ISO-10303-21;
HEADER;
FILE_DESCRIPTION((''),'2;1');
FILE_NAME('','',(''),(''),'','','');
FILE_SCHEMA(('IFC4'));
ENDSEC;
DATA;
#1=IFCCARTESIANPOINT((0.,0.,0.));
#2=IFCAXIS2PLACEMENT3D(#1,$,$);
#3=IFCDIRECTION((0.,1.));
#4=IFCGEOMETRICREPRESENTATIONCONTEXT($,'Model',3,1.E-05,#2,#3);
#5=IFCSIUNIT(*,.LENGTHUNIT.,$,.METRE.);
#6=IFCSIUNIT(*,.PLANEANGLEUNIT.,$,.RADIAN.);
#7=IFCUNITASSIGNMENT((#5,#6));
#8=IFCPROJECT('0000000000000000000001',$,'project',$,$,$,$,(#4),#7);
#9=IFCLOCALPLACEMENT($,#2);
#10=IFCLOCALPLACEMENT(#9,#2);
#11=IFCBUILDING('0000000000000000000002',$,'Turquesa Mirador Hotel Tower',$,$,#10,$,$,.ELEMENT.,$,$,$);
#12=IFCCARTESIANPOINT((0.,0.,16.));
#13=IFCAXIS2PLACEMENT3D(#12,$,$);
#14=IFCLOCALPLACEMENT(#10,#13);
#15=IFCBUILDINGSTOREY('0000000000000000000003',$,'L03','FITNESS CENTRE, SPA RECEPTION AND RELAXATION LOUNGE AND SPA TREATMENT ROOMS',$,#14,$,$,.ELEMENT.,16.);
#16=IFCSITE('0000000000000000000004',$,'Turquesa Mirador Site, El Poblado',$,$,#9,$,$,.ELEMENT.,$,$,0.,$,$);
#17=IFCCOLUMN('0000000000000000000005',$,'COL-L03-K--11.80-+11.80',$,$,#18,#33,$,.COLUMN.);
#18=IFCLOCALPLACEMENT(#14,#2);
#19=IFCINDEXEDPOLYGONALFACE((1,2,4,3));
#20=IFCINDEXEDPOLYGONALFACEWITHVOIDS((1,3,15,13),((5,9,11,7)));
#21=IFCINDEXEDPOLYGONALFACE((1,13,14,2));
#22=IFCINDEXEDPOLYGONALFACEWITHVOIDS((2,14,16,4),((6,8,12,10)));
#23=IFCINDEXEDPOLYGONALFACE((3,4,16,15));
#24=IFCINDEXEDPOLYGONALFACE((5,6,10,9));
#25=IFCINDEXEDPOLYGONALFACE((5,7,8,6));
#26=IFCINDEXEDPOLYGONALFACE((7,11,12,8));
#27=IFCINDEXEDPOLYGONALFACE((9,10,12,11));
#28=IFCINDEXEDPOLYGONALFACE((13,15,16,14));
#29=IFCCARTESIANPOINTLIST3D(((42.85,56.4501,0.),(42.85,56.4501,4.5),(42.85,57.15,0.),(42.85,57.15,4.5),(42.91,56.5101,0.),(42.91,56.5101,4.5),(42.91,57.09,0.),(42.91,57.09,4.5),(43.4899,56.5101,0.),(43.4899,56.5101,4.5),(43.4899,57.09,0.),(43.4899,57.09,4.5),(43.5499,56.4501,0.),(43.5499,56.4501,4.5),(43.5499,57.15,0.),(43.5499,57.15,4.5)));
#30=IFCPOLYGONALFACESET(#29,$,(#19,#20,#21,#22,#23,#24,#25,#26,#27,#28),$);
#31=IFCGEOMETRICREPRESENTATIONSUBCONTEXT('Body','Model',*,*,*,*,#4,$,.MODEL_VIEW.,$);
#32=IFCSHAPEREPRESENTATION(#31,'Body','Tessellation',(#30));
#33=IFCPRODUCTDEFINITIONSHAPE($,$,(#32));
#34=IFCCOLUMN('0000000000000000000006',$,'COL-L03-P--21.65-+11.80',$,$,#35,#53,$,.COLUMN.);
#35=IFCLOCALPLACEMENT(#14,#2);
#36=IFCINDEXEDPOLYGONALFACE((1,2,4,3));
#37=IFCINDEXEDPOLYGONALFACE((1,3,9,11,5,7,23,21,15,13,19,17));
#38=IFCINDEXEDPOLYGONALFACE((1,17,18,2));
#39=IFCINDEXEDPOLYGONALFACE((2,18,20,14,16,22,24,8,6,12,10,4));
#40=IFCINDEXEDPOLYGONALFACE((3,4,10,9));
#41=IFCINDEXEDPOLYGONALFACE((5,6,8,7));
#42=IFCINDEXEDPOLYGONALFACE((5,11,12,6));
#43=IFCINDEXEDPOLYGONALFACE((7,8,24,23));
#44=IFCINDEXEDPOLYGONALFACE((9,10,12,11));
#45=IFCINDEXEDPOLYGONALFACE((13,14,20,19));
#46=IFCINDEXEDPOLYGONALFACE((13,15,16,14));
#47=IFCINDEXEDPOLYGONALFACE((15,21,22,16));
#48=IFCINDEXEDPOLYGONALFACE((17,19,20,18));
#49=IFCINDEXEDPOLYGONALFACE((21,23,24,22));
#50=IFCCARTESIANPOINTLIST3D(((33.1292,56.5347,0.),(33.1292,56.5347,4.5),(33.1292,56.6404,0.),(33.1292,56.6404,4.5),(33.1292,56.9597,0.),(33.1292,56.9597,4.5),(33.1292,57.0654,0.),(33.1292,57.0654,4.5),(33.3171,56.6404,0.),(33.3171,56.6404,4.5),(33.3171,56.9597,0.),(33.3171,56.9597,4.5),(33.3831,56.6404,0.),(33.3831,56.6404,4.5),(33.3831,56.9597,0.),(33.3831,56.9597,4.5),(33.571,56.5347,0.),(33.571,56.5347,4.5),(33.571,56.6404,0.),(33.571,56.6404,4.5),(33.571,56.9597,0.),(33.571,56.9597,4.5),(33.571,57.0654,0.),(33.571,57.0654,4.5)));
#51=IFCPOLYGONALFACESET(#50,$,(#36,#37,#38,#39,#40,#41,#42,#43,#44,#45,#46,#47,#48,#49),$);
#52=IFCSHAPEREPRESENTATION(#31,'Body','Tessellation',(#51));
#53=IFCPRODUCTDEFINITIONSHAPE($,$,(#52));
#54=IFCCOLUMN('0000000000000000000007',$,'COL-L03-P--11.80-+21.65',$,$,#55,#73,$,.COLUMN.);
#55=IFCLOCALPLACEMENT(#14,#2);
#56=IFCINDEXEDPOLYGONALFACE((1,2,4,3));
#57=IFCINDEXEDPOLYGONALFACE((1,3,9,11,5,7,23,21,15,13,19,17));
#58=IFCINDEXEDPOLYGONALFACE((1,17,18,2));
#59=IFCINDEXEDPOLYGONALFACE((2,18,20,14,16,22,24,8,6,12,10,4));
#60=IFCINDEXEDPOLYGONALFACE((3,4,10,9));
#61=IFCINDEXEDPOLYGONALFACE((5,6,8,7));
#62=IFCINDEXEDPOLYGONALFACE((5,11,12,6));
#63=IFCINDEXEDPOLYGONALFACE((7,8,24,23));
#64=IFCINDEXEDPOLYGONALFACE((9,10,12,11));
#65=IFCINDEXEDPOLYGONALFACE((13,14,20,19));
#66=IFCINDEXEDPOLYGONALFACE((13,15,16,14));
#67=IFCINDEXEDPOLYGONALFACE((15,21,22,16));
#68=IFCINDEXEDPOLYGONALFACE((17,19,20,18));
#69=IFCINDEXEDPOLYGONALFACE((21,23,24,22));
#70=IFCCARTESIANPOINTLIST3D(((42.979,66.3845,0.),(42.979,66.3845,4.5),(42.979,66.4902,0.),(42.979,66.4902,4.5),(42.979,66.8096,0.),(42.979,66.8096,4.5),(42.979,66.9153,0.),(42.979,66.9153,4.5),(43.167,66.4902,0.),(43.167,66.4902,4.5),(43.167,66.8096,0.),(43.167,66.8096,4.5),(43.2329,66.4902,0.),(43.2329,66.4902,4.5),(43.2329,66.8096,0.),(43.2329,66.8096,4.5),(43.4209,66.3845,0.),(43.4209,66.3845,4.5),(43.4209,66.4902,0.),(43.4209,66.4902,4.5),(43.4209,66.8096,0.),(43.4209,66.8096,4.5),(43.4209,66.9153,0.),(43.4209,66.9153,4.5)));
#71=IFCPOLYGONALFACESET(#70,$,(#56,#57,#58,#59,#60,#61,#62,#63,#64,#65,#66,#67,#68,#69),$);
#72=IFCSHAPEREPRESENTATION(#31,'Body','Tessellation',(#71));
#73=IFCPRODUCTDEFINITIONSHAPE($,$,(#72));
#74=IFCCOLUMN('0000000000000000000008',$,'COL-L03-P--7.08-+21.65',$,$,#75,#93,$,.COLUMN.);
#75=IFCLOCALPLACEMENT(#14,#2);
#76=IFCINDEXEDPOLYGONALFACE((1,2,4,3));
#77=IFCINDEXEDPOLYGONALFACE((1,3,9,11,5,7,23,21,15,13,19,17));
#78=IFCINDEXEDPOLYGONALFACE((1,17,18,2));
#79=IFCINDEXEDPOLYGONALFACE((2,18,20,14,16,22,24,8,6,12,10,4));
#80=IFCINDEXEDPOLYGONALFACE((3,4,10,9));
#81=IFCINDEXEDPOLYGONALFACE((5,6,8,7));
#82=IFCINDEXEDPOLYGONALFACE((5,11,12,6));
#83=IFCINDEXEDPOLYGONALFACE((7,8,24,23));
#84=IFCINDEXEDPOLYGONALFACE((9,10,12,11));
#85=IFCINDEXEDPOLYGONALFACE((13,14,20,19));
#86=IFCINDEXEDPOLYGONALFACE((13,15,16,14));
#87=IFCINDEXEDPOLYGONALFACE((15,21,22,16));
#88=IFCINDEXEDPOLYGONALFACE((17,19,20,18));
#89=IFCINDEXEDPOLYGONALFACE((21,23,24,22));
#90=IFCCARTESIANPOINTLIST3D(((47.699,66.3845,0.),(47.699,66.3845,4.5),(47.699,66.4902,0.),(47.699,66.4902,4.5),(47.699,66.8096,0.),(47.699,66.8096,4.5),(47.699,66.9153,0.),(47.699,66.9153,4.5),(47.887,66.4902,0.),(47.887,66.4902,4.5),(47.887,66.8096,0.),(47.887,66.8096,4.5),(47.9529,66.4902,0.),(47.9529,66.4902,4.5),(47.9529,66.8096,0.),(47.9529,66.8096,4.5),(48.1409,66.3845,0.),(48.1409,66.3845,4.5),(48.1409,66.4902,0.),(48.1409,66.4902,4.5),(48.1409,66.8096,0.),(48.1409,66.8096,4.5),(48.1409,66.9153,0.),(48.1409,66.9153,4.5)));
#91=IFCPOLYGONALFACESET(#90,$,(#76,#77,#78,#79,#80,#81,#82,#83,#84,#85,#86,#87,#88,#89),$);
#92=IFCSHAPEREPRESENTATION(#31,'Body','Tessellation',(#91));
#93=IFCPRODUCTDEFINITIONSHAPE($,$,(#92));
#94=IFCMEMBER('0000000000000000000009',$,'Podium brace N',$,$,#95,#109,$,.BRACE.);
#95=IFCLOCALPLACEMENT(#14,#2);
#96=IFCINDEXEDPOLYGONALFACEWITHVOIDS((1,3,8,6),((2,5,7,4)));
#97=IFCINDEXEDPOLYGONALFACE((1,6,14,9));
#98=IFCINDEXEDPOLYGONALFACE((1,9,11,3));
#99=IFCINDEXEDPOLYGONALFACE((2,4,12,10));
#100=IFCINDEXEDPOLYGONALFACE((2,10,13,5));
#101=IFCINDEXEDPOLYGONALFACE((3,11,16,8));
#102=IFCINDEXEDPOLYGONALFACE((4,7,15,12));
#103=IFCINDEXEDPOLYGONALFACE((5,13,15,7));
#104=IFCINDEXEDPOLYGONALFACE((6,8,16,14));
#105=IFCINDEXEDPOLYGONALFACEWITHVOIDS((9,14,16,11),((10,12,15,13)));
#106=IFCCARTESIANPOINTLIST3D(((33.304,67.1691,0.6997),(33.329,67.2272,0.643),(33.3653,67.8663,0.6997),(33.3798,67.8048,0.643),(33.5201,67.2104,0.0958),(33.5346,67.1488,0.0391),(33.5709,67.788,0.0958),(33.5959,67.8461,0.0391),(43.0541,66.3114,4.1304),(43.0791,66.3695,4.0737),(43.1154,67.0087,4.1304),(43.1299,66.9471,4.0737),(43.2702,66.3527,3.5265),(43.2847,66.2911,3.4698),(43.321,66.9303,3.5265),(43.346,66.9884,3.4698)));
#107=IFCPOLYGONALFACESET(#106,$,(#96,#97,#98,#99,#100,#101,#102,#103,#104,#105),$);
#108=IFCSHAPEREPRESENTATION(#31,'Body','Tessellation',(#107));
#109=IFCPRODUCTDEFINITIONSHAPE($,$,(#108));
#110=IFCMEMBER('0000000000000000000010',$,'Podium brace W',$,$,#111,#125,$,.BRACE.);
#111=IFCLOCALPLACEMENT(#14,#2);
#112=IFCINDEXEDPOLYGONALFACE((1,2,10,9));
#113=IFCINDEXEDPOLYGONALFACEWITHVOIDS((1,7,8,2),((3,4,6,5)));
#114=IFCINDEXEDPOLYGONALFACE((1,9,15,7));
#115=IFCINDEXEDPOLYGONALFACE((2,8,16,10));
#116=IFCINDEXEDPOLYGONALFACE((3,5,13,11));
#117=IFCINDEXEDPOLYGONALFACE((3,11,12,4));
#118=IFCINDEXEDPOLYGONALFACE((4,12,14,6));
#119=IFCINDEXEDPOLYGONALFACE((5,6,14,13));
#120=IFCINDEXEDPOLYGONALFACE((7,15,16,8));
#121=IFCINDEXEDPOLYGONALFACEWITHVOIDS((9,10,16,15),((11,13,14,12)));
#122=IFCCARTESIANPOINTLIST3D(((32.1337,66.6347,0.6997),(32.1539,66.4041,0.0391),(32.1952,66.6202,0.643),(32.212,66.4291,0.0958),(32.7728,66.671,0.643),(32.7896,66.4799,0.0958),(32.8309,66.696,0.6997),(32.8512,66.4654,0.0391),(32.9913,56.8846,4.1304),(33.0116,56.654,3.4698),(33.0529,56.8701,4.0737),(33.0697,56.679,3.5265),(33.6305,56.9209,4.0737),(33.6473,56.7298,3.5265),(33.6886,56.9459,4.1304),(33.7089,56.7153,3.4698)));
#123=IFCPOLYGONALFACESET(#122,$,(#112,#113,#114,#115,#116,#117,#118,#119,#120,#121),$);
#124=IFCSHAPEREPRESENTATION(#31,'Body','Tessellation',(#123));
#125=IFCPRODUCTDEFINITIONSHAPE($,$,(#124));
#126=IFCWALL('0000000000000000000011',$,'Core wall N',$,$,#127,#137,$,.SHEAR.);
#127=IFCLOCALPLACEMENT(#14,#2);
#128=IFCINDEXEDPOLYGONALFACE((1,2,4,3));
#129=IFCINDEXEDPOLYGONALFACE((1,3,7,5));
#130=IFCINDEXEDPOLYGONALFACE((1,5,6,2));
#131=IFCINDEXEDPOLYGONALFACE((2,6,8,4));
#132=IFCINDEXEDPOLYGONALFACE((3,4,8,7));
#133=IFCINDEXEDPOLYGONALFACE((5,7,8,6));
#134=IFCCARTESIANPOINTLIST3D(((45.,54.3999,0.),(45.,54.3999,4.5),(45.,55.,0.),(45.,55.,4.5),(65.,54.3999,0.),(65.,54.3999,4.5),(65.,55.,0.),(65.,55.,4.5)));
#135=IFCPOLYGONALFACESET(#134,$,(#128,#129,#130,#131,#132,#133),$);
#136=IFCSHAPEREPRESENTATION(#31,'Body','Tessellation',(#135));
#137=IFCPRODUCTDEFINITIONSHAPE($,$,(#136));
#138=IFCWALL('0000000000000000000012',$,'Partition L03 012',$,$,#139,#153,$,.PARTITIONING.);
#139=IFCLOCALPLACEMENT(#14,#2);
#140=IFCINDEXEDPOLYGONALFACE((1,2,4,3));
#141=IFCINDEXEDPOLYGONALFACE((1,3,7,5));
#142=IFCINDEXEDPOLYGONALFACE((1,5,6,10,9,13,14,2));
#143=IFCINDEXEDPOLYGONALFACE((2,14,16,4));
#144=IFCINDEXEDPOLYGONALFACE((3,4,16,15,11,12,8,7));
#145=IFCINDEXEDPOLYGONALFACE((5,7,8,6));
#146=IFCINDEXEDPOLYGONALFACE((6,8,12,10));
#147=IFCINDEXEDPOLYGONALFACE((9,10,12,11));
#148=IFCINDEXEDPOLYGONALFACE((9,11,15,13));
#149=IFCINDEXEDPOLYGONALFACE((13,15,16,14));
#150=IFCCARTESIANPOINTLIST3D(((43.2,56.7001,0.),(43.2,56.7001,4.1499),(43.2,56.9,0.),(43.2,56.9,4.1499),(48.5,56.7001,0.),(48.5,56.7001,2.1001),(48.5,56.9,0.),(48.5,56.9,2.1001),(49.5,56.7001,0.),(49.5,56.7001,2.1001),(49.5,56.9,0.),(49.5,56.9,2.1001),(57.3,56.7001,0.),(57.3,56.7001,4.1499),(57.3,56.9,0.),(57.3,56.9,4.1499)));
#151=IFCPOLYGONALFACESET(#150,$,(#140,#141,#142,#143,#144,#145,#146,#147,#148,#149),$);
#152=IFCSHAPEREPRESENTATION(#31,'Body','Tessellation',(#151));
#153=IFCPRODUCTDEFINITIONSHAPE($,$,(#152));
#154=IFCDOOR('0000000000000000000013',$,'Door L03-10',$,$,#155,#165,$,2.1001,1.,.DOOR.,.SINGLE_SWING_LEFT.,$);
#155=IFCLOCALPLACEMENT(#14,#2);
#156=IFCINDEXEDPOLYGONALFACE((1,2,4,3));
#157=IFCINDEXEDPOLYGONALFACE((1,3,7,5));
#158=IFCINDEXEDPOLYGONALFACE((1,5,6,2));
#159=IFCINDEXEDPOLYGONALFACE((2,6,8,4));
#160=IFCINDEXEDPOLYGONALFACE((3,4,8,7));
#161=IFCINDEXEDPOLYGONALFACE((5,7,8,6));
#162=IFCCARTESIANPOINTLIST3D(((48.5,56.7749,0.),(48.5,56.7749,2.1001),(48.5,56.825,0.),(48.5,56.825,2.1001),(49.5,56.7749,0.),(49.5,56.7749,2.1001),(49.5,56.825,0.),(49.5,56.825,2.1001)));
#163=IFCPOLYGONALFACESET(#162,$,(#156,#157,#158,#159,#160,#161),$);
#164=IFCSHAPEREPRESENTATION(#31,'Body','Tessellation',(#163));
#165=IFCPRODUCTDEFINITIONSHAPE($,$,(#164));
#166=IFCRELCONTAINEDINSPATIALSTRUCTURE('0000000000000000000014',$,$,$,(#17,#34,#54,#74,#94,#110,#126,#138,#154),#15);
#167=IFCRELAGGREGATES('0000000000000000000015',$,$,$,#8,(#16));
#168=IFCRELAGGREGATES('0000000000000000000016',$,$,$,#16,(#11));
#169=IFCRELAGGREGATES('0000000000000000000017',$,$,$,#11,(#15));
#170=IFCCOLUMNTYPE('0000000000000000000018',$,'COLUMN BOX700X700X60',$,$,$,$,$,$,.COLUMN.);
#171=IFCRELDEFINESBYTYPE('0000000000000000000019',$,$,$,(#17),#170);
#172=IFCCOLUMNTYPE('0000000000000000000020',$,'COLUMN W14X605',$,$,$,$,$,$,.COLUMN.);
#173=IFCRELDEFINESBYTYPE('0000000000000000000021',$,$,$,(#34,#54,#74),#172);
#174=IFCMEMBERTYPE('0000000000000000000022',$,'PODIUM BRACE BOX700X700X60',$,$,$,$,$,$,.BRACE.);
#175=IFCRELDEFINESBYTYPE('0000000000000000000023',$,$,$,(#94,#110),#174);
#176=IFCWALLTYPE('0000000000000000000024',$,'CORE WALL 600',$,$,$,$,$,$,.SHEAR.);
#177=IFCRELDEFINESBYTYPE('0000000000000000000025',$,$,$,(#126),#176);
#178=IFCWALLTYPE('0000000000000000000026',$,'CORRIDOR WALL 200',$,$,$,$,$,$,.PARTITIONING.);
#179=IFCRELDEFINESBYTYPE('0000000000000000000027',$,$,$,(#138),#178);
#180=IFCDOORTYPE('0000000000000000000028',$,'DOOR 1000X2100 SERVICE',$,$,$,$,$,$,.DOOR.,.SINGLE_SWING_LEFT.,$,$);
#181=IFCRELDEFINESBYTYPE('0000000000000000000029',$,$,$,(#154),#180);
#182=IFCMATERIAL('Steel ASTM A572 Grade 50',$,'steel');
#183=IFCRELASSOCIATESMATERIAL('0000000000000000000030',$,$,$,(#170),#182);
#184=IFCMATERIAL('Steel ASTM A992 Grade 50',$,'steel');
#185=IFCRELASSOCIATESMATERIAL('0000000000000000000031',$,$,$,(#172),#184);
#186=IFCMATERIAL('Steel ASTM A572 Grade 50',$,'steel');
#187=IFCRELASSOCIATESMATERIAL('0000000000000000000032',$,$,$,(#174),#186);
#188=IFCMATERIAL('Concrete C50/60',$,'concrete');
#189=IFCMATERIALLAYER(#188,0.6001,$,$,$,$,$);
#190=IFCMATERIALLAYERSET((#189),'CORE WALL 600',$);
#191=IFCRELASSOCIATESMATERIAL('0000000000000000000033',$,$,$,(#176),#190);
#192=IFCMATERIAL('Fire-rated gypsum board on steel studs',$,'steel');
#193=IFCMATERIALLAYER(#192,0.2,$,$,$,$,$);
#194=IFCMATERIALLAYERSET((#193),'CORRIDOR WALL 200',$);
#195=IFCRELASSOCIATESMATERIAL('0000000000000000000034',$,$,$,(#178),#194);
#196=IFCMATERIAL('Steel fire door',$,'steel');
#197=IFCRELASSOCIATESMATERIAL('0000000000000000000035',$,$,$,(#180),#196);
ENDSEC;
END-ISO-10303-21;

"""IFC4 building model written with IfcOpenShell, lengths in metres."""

from ifc_helpers import new_model, si_unit, direction, frame, frame_2d, origin, origin_2d, place, context, subcontext, project, spatial, rectangle, hollow_rectangle, i_section, extrude, material, layer, layer_set, material_profile, profile_set, type_object, element, fill, save


model = new_model("IFC4")

# Units and contexts
model_context = context("Model", 3, precision=1e-05, world=origin(), true_north=direction((0.0, 1.0)))
body_context = subcontext(model_context, "Body", "Model", "MODEL_VIEW")
ifc_project = project(units=[si_unit("LENGTHUNIT", "METRE"), si_unit("PLANEANGLEUNIT", "RADIAN")], contexts=[model_context])

# Site, building, storey
site_placement = place(None, origin())
site = spatial("IfcSite", under=ifc_project, at=site_placement, Name="Turquesa Mirador Site, El Poblado", CompositionType="ELEMENT", RefElevation=0.0)
building_placement = place(site_placement, origin())
building = spatial("IfcBuilding", under=site, at=building_placement, Name="Turquesa Mirador Hotel Tower", CompositionType="ELEMENT")
storey_placement = place(building_placement, frame((0.0, 0.0, 16.0)))
storey = spatial("IfcBuildingStorey", under=building, at=storey_placement, Name="L03", Description="FITNESS CENTRE, SPA RECEPTION AND RELAXATION LOUNGE AND SPA TREATMENT ROOMS", CompositionType="ELEMENT", Elevation=16.0)

# Columns
ifc_material_1 = material(Name="Steel ASTM A572 Grade 50", Category="steel")
ifc_material_profile_1 = material_profile(ifc_material_1, hollow_rectangle(XDim=0.7, YDim=0.7, WallThickness=0.0601, at=origin_2d()), Name="BOX700X700X60")
ifc_profile_set_1 = profile_set([ifc_material_profile_1], Name="Steel ASTM A572 Grade 50")
column_type_1 = type_object("IfcColumnType", Name="COLUMN BOX700X700X60", PredefinedType="COLUMN", material=ifc_profile_set_1)
column_placement = place(storey_placement, frame((43.2, 56.8, 0.0), z_axis=(0.0, 0.0, 1.0), x_axis=(1.0, 0.0, 0.0)))
element("IfcColumn", 1, at=column_placement, inside=storey, type_object=column_type_1, Name="COL-L03-K--11.80-+11.80", PredefinedType="COLUMN", context=body_context, shape_type="SweptSolid", body=[
    extrude(hollow_rectangle(XDim=0.7, YDim=0.7, WallThickness=0.0601, at=origin_2d()), origin(), (0.0, 0.0, 1.0), 4.5),
])
ifc_material_2 = material(Name="Steel ASTM A992 Grade 50", Category="steel")
ifc_material_profile_2 = material_profile(ifc_material_2, i_section(OverallWidth=0.4419, OverallDepth=0.5308, WebThickness=0.0659, FlangeThickness=0.1057, at=origin_2d()), Name="W14X605")
ifc_profile_set_2 = profile_set([ifc_material_profile_2], Name="Steel ASTM A992 Grade 50")
column_type_2 = type_object("IfcColumnType", Name="COLUMN W14X605", PredefinedType="COLUMN", material=ifc_profile_set_2)
for number, where, z_axis, x_axis, name in (
    (2, (33.3501, 56.8, 0.0), (0.0, 0.0, 1.0), (1.0, 0.0, 0.0), "COL-L03-P--21.65-+11.80"),
    (3, (43.2, 66.6499, 0.0), (0.0, 0.0, 1.0), (1.0, 0.0, 0.0), "COL-L03-P--11.80-+21.65"),
    (4, (47.9199, 66.6499, 0.0), (0.0, 0.0, 1.0), (1.0, 0.0, 0.0), "COL-L03-P--7.08-+21.65"),
):
    element("IfcColumn", number, at=place(storey_placement, frame(where, z_axis=z_axis, x_axis=x_axis)), inside=storey, type_object=column_type_2, Name=name, PredefinedType="COLUMN", context=body_context, shape_type="SweptSolid", body=[
        extrude(i_section(OverallWidth=0.4419, OverallDepth=0.5308, WebThickness=0.0659, FlangeThickness=0.1057, at=origin_2d()), origin(), (0.0, 0.0, 1.0), 4.5),
    ])

# Members
ifc_material_3 = material(Name="Steel ASTM A572 Grade 50", Category="steel")
ifc_material_profile_3 = material_profile(ifc_material_3, hollow_rectangle(XDim=0.7, YDim=0.7, WallThickness=0.0601, at=origin_2d()), Name="BOX700X700X60")
ifc_profile_set_3 = profile_set([ifc_material_profile_3], Name="Steel ASTM A572 Grade 50")
member_type = type_object("IfcMemberType", Name="PODIUM BRACE BOX700X700X60", PredefinedType="BRACE", material=ifc_profile_set_3)
for number, where, z_axis, x_axis, name in (
    (5, (33.45, 67.5076, 0.3694), (0.940078, -0.082695, 0.330779), (0.087627, 0.996153, 0.0), "Podium brace N"),
    (6, (32.4924, 66.55, 0.3694), (0.082695, -0.940078, 0.330779), (0.996153, 0.087627, 0.0), "Podium brace W"),
):
    element("IfcMember", number, at=place(storey_placement, frame(where, z_axis=z_axis, x_axis=x_axis)), inside=storey, type_object=member_type, Name=name, PredefinedType="BRACE", context=body_context, shape_type="SweptSolid", body=[
        extrude(hollow_rectangle(XDim=0.7, YDim=0.7, WallThickness=0.0601, at=origin_2d()), origin(), (0.0, 0.0, 1.0), 10.3716),
    ])

# Wall
ifc_material_4 = material(Name="Concrete C50/60", Category="concrete")
ifc_layer_1 = layer(ifc_material_4, 0.6001)
ifc_layer_set_1 = layer_set([ifc_layer_1], Name="CORE WALL 600")
wall_type_1 = type_object("IfcWallType", Name="CORE WALL 600", PredefinedType="SHEAR", material=ifc_layer_set_1)
wall_1_placement = place(storey_placement, frame((45.0, 54.7, 0.0), z_axis=(0.0, 0.0, 1.0), x_axis=(1.0, 0.0, 0.0)))
element("IfcWall", 7, at=wall_1_placement, inside=storey, type_object=wall_type_1, Name="Core wall N", PredefinedType="SHEAR", context=body_context, shape_type="SweptSolid", body=[
    extrude(rectangle(XDim=20.0, YDim=0.6001, at=frame_2d((10.0, 0.0))), origin(), (0.0, 0.0, 1.0), 4.5),
])

# Wall, opening, door
ifc_material_5 = material(Name="Fire-rated gypsum board on steel studs", Category="steel")
ifc_layer_2 = layer(ifc_material_5, 0.2)
ifc_layer_set_2 = layer_set([ifc_layer_2], Name="CORRIDOR WALL 200")
wall_type_2 = type_object("IfcWallType", Name="CORRIDOR WALL 200", PredefinedType="PARTITIONING", material=ifc_layer_set_2)
wall_2_placement = place(storey_placement, frame((43.2, 56.8, 0.0), z_axis=(0.0, 0.0, 1.0), x_axis=(1.0, 0.0, 0.0)))
wall_2 = element("IfcWall", 8, at=wall_2_placement, inside=storey, type_object=wall_type_2, Name="Partition L03 012", PredefinedType="PARTITIONING", context=body_context, shape_type="SweptSolid", body=[
    extrude(rectangle(XDim=14.1001, YDim=0.2, at=frame_2d((7.05, 0.0))), origin(), (0.0, 0.0, 1.0), 4.1499),
])
opening_1_placement = place(wall_2_placement, frame((5.3, 0.0, 0.0)))
opening_1 = element("IfcOpeningElement", 9, at=opening_1_placement, cuts=wall_2, PredefinedType="OPENING", context=body_context, shape_type="SweptSolid", body=[
    extrude(rectangle(XDim=1.0, YDim=2.1001, at=frame_2d((0.5, 1.05))), frame((0.0, 0.1099, 0.0), z_axis=(0.0, -1.0, 0.0), x_axis=(1.0, 0.0, 0.0)), (0.0, 0.0, 1.0), 0.22),
])
ifc_material_6 = material(Name="Steel fire door", Category="steel")
door_type = type_object("IfcDoorType", Name="DOOR 1000X2100 SERVICE", OperationType="SINGLE_SWING_LEFT", PredefinedType="DOOR", material=ifc_material_6)
door_1_placement = place(opening_1_placement, origin())
door_1 = element("IfcDoor", 10, at=door_1_placement, inside=storey, type_object=door_type, Name="Door L03-10", OperationType="SINGLE_SWING_LEFT", OverallHeight=2.1001, OverallWidth=1.0, PredefinedType="DOOR", context=body_context, shape_type="SweptSolid", body=[
    extrude(rectangle(XDim=1.0, YDim=2.1001, at=frame_2d((0.5, 1.05))), frame((0.0, 0.0249, 0.0), z_axis=(0.0, -1.0, 0.0), x_axis=(1.0, 0.0, 0.0)), (0.0, 0.0, 1.0), 0.05),
])
fill(opening_1, door_1)

save(model, "model.ifc")
